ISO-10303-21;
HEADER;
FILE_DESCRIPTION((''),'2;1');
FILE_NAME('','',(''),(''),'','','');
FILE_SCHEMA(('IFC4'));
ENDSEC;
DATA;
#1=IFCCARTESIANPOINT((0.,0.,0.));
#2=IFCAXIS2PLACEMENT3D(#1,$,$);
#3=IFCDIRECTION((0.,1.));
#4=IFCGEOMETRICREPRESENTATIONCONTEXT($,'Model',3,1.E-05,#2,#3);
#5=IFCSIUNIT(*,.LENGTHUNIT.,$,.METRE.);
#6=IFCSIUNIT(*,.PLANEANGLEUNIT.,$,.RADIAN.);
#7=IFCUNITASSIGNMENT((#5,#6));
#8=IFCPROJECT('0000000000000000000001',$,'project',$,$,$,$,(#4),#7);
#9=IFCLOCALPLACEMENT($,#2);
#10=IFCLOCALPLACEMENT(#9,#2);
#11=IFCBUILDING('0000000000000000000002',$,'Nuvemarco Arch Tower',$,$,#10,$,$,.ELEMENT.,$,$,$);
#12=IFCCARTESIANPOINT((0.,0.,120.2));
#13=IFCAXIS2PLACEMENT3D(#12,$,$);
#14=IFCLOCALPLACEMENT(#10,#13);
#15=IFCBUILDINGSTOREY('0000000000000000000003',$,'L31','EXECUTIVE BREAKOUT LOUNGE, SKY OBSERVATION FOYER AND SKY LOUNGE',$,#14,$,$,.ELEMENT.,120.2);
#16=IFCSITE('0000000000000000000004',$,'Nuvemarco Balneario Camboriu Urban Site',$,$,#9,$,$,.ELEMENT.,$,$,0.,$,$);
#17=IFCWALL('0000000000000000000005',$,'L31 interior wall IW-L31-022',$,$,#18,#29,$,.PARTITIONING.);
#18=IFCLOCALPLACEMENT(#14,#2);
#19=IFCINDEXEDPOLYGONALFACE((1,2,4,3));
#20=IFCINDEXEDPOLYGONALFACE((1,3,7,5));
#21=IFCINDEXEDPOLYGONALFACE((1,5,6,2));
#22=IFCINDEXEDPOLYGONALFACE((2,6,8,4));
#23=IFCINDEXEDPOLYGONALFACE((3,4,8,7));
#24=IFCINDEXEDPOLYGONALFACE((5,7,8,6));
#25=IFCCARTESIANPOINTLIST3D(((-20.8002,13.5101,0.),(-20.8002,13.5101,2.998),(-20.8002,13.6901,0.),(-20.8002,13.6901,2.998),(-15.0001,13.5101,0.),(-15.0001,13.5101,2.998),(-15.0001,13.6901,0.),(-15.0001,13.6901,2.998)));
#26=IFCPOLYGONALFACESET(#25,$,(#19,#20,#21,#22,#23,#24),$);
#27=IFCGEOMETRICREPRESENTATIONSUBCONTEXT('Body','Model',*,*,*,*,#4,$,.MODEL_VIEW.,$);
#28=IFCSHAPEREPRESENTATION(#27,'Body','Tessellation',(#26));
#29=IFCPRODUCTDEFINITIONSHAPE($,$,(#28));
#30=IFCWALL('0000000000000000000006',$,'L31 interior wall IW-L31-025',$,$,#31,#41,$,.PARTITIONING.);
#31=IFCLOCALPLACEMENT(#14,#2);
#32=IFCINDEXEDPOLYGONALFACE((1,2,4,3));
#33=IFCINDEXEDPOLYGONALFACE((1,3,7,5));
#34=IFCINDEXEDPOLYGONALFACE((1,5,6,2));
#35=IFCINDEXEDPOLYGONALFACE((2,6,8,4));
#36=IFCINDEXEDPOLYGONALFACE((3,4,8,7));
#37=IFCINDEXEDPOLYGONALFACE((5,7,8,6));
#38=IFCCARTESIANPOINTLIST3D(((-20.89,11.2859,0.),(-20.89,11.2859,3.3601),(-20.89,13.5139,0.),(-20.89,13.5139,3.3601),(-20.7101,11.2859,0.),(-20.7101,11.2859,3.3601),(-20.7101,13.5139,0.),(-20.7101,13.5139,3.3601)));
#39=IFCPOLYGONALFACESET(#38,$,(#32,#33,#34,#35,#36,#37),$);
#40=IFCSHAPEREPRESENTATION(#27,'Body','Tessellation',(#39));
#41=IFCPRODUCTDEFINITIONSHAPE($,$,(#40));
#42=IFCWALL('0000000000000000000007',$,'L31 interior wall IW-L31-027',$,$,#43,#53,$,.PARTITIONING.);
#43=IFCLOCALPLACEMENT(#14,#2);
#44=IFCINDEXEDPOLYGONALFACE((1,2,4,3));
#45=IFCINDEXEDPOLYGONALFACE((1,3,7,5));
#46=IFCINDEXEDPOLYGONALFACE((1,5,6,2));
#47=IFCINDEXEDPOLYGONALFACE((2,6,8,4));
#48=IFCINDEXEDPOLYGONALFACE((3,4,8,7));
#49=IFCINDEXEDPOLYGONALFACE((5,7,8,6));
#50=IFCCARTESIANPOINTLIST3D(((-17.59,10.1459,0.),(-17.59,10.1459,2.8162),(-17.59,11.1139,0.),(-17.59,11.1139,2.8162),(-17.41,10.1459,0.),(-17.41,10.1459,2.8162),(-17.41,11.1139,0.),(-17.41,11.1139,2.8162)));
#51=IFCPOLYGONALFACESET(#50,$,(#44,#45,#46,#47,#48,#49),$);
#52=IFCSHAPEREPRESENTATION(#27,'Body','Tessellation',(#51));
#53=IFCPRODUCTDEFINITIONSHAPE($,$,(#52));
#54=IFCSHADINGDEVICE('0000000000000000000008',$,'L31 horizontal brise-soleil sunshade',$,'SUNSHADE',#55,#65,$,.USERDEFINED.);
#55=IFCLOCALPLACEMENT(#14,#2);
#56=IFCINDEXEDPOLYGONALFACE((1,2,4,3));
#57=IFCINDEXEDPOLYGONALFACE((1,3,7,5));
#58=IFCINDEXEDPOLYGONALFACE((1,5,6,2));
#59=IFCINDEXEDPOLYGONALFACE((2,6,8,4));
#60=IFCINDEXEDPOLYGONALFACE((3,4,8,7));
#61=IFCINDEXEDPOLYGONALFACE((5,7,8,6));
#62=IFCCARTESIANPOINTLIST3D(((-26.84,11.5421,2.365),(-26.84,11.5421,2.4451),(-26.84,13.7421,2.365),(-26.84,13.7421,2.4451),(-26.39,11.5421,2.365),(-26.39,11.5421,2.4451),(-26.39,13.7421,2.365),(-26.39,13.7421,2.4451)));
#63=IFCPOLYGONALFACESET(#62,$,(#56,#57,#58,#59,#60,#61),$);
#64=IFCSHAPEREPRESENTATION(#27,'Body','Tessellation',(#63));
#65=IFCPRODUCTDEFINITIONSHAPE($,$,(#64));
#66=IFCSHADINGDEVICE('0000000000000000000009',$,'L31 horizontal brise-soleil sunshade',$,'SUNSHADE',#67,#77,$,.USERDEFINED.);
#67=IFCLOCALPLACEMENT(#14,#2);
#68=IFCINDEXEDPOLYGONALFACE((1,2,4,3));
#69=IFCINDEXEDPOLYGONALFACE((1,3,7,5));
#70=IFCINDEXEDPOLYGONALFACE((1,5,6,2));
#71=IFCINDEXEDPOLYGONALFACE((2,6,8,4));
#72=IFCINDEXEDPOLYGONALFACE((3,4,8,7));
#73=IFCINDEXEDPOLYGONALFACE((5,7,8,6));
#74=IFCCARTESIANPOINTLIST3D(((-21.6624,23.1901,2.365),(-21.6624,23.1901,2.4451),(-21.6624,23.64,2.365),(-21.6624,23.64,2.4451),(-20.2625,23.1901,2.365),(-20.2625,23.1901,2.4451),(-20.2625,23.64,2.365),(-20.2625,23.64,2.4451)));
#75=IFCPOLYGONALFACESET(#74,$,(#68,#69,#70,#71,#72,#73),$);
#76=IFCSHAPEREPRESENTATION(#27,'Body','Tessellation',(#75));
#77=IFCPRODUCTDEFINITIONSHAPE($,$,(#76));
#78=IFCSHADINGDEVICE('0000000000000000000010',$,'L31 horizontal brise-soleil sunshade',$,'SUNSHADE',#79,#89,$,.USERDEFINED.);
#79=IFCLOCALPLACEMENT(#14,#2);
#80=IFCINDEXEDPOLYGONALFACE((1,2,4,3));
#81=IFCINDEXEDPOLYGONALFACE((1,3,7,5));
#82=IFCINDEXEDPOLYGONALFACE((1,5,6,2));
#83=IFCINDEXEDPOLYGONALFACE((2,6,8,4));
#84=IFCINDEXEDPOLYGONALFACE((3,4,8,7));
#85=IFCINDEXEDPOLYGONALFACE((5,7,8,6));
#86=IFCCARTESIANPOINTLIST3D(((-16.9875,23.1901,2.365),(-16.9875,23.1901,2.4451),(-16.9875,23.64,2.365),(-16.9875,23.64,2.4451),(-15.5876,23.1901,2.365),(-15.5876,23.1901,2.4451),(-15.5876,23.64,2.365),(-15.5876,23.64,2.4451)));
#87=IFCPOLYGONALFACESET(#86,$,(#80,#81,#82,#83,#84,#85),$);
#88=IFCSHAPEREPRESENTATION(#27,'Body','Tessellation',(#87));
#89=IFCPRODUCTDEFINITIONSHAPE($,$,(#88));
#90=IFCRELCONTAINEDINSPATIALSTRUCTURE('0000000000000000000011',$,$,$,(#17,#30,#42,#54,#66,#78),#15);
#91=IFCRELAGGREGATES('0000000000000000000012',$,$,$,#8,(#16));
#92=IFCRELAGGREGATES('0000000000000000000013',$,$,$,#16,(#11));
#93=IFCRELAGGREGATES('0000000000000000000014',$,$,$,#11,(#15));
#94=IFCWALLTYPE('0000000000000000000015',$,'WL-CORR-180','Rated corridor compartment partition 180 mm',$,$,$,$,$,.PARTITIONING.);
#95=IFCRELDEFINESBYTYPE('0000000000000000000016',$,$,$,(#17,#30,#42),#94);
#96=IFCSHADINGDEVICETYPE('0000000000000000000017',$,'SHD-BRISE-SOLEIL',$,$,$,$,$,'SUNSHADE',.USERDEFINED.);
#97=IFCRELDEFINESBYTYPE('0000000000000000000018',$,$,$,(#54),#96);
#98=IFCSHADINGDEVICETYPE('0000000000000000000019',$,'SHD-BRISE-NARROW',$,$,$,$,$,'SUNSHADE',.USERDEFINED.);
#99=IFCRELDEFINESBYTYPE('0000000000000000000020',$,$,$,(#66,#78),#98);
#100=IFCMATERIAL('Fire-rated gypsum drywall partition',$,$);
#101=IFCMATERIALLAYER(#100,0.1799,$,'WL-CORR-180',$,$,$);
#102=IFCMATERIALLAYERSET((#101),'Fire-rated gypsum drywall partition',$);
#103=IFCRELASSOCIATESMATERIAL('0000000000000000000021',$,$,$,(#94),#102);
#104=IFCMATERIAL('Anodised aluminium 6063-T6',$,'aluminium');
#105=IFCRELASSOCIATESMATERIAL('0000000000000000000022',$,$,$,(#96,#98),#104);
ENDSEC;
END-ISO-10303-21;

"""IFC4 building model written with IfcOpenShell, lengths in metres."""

from ifc_helpers import new_model, si_unit, direction, frame, frame_2d, origin, origin_2d, place, context, subcontext, project, spatial, rectangle, extrude, source, transform, mapped, material, layer, layer_set, type_object, type_shapes, element, save


model = new_model("IFC4")

# Units and contexts
model_context = context("Model", 3, precision=1e-05, world=origin(), true_north=direction((0.0, 1.0)))
body_context = subcontext(model_context, "Body", "Model", "MODEL_VIEW")
ifc_project = project(units=[si_unit("LENGTHUNIT", "METRE"), si_unit("PLANEANGLEUNIT", "RADIAN")], contexts=[model_context])

# Site, building, storey
site_placement = place(None, origin())
site = spatial("IfcSite", under=ifc_project, at=site_placement, Name="Nuvemarco Balneario Camboriu Urban Site", CompositionType="ELEMENT", RefElevation=0.0)
building_placement = place(site_placement, origin())
building = spatial("IfcBuilding", under=site, at=building_placement, Name="Nuvemarco Arch Tower", CompositionType="ELEMENT")
storey_placement = place(building_placement, frame((0.0, 0.0, 120.2)))
storey = spatial("IfcBuildingStorey", under=building, at=storey_placement, Name="L31", Description="EXECUTIVE BREAKOUT LOUNGE, SKY OBSERVATION FOYER AND SKY LOUNGE", CompositionType="ELEMENT", Elevation=120.2)

# Shared definitions
ifc_material_1 = material(Name="Fire-rated gypsum drywall partition")
ifc_layer_1 = layer(ifc_material_1, 0.1799, Name="WL-CORR-180")
ifc_layer_set_1 = layer_set([ifc_layer_1], Name="Fire-rated gypsum drywall partition")
wall_type_1 = type_object("IfcWallType", Name="WL-CORR-180", Description="Rated corridor compartment partition 180 mm", PredefinedType="PARTITIONING", material=ifc_layer_set_1)

# Walls
wall_1_placement = place(storey_placement, frame((-20.8, 13.6001, 0.0), z_axis=(0.0, 0.0, 1.0), x_axis=(1.0, 0.0, 0.0)))
element("IfcWall", 1, at=wall_1_placement, inside=storey, type_object=wall_type_1, Name="L31 interior wall IW-L31-022", PredefinedType="PARTITIONING", context=body_context, shape_type="SweptSolid", body=[
    extrude(rectangle(XDim=5.8, YDim=0.1799, at=frame_2d((2.8999, 0.0))), origin(), (0.0, 0.0, 1.0), 2.998),
])
wall_2_placement = place(storey_placement, frame((-20.8, 11.2859, 0.0), z_axis=(0.0, 0.0, 1.0), x_axis=(0.0, 1.0, 0.0)))
element("IfcWall", 2, at=wall_2_placement, inside=storey, type_object=wall_type_1, Name="L31 interior wall IW-L31-025", PredefinedType="PARTITIONING", context=body_context, shape_type="SweptSolid", body=[
    extrude(rectangle(XDim=2.228, YDim=0.1799, at=frame_2d((1.114, 0.0))), origin(), (0.0, 0.0, 1.0), 3.3601),
])
wall_3_placement = place(storey_placement, frame((-17.5, 10.146, 0.0), z_axis=(0.0, 0.0, 1.0), x_axis=(0.0, 1.0, 0.0)))
element("IfcWall", 3, at=wall_3_placement, inside=storey, type_object=wall_type_1, Name="L31 interior wall IW-L31-027", PredefinedType="PARTITIONING", context=body_context, shape_type="SweptSolid", body=[
    extrude(rectangle(XDim=0.968, YDim=0.1799, at=frame_2d((0.4839, 0.0))), origin(), (0.0, 0.0, 1.0), 2.8162),
])

# Shading devices
ifc_material_2 = material(Name="Anodised aluminium 6063-T6", Category="aluminium")
shading_device_type_1 = type_object("IfcShadingDeviceType", Name="SHD-BRISE-SOLEIL", ElementType="SUNSHADE", PredefinedType="USERDEFINED", material=ifc_material_2)
shared_shape_1 = source(origin(), body_context, "Body", "SweptSolid", [
    extrude(rectangle(XDim=2.2, YDim=0.45, at=origin_2d()), origin(), (0.0, 0.0, 1.0), 0.0801),
])
type_shapes(shading_device_type_1, [shared_shape_1])
shading_device_placement = place(storey_placement, frame((-26.615, 12.6421, 2.365), z_axis=(0.0, 0.0, 1.0), x_axis=(0.0, 1.0, 0.0)))
element("IfcShadingDevice", 4, at=shading_device_placement, inside=storey, type_object=shading_device_type_1, Name="L31 horizontal brise-soleil sunshade", ObjectType="SUNSHADE", PredefinedType="USERDEFINED", context=body_context, shape_type="MappedRepresentation", body=[
    mapped(shared_shape_1, transform((0.0, 0.0, 0.0), scale=1.0)),
])
shading_device_type_2 = type_object("IfcShadingDeviceType", Name="SHD-BRISE-NARROW", ElementType="SUNSHADE", PredefinedType="USERDEFINED", material=ifc_material_2)
shared_shape_2 = source(origin(), body_context, "Body", "SweptSolid", [
    extrude(rectangle(XDim=1.3999, YDim=0.45, at=origin_2d()), origin(), (0.0, 0.0, 1.0), 0.0801),
])
type_shapes(shading_device_type_2, [shared_shape_2])
for number, where, z_axis, x_axis, name in (
    (5, (-20.9624, 23.415, 2.365), (0.0, 0.0, 1.0), (1.0, 0.0, 0.0), "L31 horizontal brise-soleil sunshade"),
    (6, (-16.2876, 23.415, 2.365), (0.0, 0.0, 1.0), (1.0, 0.0, 0.0), "L31 horizontal brise-soleil sunshade"),
):
    element("IfcShadingDevice", number, at=place(storey_placement, frame(where, z_axis=z_axis, x_axis=x_axis)), inside=storey, type_object=shading_device_type_2, Name=name, ObjectType="SUNSHADE", PredefinedType="USERDEFINED", context=body_context, shape_type="MappedRepresentation", body=[
        mapped(shared_shape_2, transform((0.0, 0.0, 0.0), scale=1.0)),
    ])

save(model, "model.ifc")
